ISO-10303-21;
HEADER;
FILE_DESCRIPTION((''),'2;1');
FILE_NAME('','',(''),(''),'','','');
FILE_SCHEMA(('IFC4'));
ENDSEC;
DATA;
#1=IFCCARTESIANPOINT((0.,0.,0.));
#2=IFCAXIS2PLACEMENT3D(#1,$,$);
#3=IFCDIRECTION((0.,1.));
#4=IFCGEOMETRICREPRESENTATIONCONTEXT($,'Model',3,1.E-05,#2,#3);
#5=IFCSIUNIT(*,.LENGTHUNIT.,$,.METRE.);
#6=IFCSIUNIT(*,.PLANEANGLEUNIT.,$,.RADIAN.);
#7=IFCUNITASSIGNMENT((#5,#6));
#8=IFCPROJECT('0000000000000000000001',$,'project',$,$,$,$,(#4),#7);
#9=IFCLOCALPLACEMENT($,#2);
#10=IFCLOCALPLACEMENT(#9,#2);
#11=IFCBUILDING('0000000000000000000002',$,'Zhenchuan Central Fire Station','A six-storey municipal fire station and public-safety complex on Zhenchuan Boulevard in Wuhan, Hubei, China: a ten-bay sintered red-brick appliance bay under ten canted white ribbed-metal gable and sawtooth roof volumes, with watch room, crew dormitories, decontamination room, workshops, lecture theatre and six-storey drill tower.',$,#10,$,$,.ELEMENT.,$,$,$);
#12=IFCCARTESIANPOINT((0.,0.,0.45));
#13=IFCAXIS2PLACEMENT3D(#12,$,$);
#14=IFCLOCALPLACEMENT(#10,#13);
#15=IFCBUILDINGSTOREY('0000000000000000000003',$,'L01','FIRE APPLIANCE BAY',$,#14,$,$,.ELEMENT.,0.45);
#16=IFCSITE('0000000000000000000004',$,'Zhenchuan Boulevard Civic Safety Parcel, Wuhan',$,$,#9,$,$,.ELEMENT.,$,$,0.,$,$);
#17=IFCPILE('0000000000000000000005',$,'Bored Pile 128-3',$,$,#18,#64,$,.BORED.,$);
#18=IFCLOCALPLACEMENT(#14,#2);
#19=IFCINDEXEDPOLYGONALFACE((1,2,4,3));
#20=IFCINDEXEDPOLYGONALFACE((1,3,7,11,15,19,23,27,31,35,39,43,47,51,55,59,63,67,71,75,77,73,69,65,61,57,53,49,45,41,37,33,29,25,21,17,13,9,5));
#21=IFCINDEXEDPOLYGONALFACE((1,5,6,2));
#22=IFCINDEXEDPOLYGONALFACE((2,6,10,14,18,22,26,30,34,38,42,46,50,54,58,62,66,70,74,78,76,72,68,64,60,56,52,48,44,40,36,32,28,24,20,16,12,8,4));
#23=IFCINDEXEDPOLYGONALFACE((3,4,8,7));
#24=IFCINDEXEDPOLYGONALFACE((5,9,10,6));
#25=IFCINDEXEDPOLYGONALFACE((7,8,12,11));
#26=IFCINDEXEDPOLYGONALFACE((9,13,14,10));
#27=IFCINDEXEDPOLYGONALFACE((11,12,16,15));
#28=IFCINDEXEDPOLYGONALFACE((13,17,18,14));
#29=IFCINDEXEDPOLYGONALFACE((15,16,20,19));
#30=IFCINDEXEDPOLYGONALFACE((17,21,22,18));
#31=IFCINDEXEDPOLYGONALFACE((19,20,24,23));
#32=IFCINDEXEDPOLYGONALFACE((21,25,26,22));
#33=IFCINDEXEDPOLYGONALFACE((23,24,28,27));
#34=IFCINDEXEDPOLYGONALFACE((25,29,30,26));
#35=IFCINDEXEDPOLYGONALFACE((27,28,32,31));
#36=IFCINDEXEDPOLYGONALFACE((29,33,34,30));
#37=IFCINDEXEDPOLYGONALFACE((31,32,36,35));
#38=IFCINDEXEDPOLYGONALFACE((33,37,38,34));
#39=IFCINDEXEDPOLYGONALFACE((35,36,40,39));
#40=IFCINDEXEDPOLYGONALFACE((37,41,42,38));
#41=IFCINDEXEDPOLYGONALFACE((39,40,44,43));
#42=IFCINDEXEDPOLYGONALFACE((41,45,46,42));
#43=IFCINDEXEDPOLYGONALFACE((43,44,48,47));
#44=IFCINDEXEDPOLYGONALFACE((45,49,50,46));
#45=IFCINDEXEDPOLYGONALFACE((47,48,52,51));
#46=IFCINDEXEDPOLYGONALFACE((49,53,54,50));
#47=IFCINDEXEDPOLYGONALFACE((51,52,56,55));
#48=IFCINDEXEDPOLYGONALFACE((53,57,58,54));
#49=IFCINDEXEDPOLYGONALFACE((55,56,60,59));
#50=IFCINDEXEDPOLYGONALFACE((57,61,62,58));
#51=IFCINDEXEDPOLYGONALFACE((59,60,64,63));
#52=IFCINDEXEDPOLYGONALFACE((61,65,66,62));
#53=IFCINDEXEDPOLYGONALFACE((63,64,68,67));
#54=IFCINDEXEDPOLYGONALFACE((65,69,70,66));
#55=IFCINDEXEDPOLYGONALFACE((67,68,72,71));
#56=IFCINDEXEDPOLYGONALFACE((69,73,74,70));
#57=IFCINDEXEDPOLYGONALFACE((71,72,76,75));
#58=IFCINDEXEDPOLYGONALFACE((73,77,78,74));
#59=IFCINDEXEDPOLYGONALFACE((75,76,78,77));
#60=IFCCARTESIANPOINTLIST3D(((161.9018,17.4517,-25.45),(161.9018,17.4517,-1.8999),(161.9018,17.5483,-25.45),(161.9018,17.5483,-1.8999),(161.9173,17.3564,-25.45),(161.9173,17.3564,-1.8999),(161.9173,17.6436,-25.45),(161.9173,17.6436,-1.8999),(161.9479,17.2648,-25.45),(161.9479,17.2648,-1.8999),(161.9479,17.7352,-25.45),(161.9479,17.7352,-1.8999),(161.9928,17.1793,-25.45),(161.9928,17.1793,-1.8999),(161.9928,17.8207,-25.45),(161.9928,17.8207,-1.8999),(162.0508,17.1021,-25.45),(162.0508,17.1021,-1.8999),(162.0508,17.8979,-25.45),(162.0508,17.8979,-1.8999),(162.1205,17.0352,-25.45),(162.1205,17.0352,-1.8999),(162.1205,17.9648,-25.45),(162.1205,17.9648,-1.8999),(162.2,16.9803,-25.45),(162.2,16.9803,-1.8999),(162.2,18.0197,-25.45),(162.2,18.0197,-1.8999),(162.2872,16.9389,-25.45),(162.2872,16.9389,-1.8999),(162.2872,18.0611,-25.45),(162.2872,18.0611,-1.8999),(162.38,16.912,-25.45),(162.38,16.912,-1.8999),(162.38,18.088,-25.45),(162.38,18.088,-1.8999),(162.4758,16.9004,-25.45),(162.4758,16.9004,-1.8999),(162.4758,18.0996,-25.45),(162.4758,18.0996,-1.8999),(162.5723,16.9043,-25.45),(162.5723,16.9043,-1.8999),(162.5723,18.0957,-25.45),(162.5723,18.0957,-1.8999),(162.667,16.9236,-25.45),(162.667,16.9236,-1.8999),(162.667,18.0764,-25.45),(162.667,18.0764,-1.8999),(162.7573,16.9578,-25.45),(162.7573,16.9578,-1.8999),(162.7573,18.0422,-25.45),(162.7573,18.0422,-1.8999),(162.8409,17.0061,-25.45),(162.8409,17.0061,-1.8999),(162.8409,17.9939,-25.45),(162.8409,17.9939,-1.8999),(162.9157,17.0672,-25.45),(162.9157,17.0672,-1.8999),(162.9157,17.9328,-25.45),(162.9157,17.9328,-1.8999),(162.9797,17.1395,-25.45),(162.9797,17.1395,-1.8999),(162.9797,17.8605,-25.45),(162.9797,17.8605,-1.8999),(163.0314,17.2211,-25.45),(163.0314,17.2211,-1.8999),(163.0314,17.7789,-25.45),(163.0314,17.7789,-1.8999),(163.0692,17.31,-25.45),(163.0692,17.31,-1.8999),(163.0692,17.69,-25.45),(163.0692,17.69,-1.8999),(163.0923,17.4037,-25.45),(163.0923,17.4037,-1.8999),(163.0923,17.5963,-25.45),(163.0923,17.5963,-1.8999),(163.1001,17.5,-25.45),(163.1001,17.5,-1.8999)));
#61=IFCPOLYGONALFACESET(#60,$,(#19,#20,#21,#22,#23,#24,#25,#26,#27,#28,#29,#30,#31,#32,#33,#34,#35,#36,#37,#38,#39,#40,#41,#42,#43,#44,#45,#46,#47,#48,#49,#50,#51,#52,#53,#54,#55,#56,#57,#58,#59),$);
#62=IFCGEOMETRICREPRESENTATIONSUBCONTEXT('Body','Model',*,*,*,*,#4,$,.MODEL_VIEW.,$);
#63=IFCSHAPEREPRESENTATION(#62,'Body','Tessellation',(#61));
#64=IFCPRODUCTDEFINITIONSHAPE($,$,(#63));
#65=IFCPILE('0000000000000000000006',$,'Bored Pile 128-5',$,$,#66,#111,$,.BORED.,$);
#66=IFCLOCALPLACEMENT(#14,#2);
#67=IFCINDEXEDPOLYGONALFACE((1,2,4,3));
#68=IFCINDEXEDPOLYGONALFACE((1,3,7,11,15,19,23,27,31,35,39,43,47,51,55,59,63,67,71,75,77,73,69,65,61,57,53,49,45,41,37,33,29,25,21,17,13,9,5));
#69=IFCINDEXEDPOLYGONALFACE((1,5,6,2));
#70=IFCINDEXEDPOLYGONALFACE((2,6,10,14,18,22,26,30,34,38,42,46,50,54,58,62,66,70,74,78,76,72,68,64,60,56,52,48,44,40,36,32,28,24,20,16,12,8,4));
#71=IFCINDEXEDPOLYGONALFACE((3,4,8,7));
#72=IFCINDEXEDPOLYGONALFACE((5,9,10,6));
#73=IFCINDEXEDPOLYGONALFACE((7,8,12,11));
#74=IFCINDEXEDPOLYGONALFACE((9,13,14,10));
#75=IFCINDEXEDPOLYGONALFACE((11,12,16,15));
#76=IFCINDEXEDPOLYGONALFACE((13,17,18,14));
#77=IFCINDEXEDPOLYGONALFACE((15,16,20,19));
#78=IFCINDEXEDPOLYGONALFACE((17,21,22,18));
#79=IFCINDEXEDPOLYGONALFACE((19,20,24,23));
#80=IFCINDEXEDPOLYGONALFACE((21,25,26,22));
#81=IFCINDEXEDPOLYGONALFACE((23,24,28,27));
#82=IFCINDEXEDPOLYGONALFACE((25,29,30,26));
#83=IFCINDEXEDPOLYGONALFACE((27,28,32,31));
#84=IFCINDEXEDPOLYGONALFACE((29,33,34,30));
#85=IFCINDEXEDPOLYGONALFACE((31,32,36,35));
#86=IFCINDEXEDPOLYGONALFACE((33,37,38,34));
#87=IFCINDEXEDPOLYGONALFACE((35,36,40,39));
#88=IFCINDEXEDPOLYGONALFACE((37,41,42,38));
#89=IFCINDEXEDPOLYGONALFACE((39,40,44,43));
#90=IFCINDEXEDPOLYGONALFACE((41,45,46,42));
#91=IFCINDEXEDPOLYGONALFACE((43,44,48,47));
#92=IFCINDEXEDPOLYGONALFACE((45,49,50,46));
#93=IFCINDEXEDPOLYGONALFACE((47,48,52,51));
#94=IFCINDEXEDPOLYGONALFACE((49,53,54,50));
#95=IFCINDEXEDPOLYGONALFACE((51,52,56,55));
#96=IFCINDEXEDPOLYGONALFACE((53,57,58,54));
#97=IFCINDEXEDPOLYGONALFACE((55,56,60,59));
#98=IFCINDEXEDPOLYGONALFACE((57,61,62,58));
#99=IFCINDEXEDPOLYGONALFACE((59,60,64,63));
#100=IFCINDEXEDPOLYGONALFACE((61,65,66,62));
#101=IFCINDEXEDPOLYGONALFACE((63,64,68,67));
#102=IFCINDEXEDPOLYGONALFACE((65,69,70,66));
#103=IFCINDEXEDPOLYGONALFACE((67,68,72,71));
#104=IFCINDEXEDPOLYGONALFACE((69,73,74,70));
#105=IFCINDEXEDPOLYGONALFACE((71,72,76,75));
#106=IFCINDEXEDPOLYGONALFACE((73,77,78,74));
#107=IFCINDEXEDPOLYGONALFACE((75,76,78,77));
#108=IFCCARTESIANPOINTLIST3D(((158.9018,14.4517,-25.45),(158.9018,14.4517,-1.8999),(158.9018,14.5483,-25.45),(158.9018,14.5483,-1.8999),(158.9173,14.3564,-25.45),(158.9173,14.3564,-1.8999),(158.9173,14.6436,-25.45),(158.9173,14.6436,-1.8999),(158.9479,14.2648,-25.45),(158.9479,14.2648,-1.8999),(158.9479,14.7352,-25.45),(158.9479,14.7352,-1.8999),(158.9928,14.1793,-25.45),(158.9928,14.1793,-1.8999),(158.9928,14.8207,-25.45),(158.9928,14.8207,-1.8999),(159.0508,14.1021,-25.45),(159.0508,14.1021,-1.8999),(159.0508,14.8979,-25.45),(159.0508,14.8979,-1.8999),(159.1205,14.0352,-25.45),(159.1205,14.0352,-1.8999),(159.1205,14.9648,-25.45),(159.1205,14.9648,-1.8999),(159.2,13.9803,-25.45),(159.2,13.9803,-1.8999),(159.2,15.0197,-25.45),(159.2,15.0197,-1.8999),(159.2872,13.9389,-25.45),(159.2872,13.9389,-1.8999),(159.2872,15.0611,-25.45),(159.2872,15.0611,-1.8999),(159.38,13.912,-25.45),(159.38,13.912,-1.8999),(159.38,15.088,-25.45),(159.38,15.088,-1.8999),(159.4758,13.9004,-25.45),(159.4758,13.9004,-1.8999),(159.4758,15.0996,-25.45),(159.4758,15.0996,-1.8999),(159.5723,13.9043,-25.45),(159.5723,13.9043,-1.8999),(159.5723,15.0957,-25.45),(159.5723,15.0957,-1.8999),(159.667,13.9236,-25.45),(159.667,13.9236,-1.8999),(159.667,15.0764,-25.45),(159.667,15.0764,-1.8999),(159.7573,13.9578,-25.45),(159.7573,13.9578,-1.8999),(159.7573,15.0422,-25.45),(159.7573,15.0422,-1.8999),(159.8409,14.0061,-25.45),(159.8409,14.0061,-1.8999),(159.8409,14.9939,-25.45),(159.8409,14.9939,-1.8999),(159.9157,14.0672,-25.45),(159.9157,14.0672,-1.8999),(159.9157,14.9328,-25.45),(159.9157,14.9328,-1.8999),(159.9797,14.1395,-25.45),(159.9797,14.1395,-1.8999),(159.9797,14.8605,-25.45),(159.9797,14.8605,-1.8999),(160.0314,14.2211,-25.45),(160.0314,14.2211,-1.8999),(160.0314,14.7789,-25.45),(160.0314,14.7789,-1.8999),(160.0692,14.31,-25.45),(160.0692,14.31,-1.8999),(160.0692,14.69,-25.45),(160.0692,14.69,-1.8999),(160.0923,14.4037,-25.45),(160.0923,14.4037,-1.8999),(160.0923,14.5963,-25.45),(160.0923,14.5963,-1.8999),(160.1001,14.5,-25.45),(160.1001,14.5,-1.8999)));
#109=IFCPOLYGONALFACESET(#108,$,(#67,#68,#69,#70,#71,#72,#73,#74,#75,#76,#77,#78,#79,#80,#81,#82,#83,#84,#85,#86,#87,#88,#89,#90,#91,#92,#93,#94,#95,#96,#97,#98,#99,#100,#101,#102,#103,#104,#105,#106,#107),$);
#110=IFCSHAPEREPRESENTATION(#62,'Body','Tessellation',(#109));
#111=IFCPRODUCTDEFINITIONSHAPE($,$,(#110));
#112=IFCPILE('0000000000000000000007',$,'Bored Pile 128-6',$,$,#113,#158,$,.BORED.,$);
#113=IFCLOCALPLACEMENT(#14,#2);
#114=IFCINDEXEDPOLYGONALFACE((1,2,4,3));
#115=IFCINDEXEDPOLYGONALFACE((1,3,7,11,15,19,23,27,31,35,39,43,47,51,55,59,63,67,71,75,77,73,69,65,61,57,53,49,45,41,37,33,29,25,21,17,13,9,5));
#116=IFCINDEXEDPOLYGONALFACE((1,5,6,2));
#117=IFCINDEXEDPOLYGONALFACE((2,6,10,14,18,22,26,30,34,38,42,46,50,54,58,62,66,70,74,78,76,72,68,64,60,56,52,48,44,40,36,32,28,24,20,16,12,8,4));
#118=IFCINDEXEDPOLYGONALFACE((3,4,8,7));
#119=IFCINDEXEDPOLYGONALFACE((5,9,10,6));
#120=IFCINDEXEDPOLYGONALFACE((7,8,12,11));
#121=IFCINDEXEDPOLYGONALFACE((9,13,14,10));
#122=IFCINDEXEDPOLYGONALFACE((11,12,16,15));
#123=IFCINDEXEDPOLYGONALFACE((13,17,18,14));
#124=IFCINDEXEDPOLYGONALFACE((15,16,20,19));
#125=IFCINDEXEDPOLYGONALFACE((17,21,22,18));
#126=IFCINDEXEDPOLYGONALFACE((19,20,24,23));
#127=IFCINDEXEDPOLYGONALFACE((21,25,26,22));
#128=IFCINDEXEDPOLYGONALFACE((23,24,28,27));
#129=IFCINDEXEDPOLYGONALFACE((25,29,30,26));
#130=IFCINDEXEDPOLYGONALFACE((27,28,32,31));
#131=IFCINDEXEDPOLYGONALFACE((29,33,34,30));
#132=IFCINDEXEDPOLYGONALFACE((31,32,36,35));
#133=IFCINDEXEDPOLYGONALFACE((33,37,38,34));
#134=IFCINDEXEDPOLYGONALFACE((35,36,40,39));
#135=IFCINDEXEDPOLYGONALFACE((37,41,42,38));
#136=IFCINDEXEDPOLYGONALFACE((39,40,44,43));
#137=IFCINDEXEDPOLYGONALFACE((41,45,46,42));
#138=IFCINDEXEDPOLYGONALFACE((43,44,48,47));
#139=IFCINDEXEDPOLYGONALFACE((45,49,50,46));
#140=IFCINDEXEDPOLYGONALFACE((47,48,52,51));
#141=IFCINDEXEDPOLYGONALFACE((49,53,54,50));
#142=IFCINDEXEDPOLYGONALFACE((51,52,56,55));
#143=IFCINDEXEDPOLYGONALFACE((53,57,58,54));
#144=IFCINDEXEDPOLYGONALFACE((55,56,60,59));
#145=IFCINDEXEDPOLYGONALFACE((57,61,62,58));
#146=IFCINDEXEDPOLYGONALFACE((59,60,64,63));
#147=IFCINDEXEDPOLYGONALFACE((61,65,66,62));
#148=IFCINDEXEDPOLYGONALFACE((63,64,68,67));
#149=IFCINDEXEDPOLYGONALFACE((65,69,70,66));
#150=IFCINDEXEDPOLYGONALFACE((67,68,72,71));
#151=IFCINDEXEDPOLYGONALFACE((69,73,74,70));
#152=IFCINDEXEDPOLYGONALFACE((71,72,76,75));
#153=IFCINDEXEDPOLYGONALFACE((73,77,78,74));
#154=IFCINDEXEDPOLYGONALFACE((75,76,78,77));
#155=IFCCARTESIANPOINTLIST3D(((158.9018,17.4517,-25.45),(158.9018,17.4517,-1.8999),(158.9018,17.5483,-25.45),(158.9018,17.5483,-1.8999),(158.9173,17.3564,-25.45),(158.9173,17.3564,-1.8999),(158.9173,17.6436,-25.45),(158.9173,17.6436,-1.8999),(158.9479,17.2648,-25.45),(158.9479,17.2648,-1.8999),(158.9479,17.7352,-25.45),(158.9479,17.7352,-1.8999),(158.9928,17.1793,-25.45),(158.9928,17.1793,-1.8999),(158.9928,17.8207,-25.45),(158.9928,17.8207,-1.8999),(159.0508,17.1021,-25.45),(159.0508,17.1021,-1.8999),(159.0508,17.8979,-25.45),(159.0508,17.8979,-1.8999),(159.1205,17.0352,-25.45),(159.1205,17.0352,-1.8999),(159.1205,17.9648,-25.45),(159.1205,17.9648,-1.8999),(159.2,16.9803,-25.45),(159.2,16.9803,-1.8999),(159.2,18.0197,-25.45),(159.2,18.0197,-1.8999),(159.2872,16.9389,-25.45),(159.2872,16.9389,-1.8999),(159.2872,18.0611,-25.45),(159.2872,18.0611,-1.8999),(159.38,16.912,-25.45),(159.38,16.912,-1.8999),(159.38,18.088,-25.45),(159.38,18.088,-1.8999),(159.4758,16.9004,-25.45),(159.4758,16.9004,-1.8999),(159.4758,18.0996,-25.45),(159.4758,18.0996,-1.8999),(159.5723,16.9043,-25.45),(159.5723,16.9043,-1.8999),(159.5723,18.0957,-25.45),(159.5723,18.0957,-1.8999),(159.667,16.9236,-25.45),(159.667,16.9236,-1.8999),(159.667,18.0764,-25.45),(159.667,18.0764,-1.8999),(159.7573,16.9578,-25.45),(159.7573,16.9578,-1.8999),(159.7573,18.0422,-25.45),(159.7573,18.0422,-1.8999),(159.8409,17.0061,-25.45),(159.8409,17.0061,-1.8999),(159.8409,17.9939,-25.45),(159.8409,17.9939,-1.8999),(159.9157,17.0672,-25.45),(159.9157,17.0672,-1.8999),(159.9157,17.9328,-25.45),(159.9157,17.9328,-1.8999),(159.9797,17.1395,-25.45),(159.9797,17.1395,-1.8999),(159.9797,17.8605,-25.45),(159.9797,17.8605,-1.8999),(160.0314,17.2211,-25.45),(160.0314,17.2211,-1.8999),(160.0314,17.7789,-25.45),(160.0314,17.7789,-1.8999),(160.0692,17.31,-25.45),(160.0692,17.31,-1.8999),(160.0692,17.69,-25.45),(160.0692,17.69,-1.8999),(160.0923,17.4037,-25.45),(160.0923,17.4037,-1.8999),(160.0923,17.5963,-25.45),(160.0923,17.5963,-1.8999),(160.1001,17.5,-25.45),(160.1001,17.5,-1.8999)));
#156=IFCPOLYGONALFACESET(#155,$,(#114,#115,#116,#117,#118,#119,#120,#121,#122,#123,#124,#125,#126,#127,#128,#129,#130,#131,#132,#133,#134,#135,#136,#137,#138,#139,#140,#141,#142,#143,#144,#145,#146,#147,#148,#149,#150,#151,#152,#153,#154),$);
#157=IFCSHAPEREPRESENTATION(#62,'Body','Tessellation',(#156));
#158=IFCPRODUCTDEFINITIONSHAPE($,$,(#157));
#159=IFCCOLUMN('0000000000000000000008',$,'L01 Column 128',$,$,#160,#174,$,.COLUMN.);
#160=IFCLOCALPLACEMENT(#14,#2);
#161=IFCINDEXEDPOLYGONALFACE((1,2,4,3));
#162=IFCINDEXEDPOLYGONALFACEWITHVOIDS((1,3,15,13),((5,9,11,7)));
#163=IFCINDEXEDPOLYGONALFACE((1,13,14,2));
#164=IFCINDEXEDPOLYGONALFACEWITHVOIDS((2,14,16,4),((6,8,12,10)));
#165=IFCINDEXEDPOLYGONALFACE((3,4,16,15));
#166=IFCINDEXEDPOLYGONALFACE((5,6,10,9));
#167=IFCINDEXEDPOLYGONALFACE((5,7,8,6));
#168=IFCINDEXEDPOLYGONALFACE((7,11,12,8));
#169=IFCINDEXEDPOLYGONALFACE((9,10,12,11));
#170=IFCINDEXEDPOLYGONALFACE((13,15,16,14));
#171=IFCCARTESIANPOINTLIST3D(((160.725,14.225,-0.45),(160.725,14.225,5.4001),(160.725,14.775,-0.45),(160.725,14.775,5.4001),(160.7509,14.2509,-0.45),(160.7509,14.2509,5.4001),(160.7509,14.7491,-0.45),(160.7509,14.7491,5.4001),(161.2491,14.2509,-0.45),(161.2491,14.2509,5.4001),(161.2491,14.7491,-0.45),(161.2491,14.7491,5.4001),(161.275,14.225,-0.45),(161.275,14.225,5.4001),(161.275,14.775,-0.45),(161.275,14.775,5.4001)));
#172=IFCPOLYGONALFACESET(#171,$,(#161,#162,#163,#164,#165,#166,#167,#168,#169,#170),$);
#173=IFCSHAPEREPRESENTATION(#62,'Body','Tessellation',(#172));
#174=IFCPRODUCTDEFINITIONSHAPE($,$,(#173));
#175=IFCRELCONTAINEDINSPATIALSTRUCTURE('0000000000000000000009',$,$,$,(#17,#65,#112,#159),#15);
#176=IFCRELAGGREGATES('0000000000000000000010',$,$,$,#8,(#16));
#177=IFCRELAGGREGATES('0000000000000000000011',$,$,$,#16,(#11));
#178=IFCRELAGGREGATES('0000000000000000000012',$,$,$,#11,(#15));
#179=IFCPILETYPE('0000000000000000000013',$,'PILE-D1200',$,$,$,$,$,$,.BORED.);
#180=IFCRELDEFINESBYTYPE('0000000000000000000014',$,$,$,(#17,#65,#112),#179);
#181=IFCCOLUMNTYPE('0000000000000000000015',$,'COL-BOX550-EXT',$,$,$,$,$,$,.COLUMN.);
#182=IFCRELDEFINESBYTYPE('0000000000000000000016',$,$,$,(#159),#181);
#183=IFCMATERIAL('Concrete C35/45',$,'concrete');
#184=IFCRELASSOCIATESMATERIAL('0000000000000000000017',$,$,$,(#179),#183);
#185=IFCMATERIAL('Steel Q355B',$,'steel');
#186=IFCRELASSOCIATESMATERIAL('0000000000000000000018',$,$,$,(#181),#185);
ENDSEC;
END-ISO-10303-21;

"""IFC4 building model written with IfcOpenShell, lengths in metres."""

from ifc_helpers import new_model, si_unit, direction, frame, origin, origin_2d, place, context, subcontext, project, spatial, hollow_rectangle, circle, extrude, material, material_profile, profile_set, type_object, element, save


model = new_model("IFC4")

# Units and contexts
model_context = context("Model", 3, precision=1e-05, world=origin(), true_north=direction((0.0, 1.0)))
body_context = subcontext(model_context, "Body", "Model", "MODEL_VIEW")
ifc_project = project(units=[si_unit("LENGTHUNIT", "METRE"), si_unit("PLANEANGLEUNIT", "RADIAN")], contexts=[model_context])

# Site, building, storey
site_placement = place(None, origin())
site = spatial("IfcSite", under=ifc_project, at=site_placement, Name="Zhenchuan Boulevard Civic Safety Parcel, Wuhan", CompositionType="ELEMENT", RefElevation=0.0)
building_placement = place(site_placement, origin())
building = spatial("IfcBuilding", under=site, at=building_placement, Name="Zhenchuan Central Fire Station", Description="A six-storey municipal fire station and public-safety complex on Zhenchuan Boulevard in Wuhan, Hubei, China: a ten-bay sintered red-brick appliance bay under ten canted white ribbed-metal gable and sawtooth roof volumes, with watch room, crew dormitories, decontamination room, workshops, lecture theatre and six-storey drill tower.", CompositionType="ELEMENT")
storey_placement = place(building_placement, frame((0.0, 0.0, 0.45)))
storey = spatial("IfcBuildingStorey", under=building, at=storey_placement, Name="L01", Description="FIRE APPLIANCE BAY", CompositionType="ELEMENT", Elevation=0.45)

# Piles
ifc_material_1 = material(Name="Concrete C35/45", Category="concrete")
ifc_material_profile_1 = material_profile(ifc_material_1, circle(Radius=0.6001, at=origin_2d()), Name="PILE D1200")
ifc_profile_set_1 = profile_set([ifc_material_profile_1], Name="Concrete C35/45")
pile_type = type_object("IfcPileType", Name="PILE-D1200", PredefinedType="BORED", material=ifc_profile_set_1)
for number, where, z_axis, x_axis, name in (
    (1, (162.5, 17.5, -1.8999), (0.0, 0.0, -1.0), (1.0, 0.0, 0.0), "Bored Pile 128-3"),
    (2, (159.5, 14.5, -1.8999), (0.0, 0.0, -1.0), (1.0, 0.0, 0.0), "Bored Pile 128-5"),
    (3, (159.5, 17.5, -1.8999), (0.0, 0.0, -1.0), (1.0, 0.0, 0.0), "Bored Pile 128-6"),
):
    element("IfcPile", number, at=place(storey_placement, frame(where, z_axis=z_axis, x_axis=x_axis)), inside=storey, type_object=pile_type, Name=name, PredefinedType="BORED", context=body_context, shape_type="SweptSolid", body=[
        extrude(circle(Radius=0.6001, at=origin_2d()), origin(), (0.0, 0.0, 1.0), 23.55),
    ])

# Column
ifc_material_2 = material(Name="Steel Q355B", Category="steel")
ifc_material_profile_2 = material_profile(ifc_material_2, hollow_rectangle(XDim=0.55, YDim=0.55, WallThickness=0.0259, at=origin_2d()), Name="BOX 550x550x26")
ifc_profile_set_2 = profile_set([ifc_material_profile_2], Name="Steel Q355B")
column_type = type_object("IfcColumnType", Name="COL-BOX550-EXT", PredefinedType="COLUMN", material=ifc_profile_set_2)
column_placement = place(storey_placement, frame((161.0, 14.5, -0.45), z_axis=(0.0, 0.0, 1.0), x_axis=(1.0, 0.0, 0.0)))
element("IfcColumn", 4, at=column_placement, inside=storey, type_object=column_type, Name="L01 Column 128", PredefinedType="COLUMN", context=body_context, shape_type="SweptSolid", body=[
    extrude(hollow_rectangle(XDim=0.55, YDim=0.55, WallThickness=0.0259, at=origin_2d()), origin(), (0.0, 0.0, 1.0), 5.8501),
])

save(model, "model.ifc")
